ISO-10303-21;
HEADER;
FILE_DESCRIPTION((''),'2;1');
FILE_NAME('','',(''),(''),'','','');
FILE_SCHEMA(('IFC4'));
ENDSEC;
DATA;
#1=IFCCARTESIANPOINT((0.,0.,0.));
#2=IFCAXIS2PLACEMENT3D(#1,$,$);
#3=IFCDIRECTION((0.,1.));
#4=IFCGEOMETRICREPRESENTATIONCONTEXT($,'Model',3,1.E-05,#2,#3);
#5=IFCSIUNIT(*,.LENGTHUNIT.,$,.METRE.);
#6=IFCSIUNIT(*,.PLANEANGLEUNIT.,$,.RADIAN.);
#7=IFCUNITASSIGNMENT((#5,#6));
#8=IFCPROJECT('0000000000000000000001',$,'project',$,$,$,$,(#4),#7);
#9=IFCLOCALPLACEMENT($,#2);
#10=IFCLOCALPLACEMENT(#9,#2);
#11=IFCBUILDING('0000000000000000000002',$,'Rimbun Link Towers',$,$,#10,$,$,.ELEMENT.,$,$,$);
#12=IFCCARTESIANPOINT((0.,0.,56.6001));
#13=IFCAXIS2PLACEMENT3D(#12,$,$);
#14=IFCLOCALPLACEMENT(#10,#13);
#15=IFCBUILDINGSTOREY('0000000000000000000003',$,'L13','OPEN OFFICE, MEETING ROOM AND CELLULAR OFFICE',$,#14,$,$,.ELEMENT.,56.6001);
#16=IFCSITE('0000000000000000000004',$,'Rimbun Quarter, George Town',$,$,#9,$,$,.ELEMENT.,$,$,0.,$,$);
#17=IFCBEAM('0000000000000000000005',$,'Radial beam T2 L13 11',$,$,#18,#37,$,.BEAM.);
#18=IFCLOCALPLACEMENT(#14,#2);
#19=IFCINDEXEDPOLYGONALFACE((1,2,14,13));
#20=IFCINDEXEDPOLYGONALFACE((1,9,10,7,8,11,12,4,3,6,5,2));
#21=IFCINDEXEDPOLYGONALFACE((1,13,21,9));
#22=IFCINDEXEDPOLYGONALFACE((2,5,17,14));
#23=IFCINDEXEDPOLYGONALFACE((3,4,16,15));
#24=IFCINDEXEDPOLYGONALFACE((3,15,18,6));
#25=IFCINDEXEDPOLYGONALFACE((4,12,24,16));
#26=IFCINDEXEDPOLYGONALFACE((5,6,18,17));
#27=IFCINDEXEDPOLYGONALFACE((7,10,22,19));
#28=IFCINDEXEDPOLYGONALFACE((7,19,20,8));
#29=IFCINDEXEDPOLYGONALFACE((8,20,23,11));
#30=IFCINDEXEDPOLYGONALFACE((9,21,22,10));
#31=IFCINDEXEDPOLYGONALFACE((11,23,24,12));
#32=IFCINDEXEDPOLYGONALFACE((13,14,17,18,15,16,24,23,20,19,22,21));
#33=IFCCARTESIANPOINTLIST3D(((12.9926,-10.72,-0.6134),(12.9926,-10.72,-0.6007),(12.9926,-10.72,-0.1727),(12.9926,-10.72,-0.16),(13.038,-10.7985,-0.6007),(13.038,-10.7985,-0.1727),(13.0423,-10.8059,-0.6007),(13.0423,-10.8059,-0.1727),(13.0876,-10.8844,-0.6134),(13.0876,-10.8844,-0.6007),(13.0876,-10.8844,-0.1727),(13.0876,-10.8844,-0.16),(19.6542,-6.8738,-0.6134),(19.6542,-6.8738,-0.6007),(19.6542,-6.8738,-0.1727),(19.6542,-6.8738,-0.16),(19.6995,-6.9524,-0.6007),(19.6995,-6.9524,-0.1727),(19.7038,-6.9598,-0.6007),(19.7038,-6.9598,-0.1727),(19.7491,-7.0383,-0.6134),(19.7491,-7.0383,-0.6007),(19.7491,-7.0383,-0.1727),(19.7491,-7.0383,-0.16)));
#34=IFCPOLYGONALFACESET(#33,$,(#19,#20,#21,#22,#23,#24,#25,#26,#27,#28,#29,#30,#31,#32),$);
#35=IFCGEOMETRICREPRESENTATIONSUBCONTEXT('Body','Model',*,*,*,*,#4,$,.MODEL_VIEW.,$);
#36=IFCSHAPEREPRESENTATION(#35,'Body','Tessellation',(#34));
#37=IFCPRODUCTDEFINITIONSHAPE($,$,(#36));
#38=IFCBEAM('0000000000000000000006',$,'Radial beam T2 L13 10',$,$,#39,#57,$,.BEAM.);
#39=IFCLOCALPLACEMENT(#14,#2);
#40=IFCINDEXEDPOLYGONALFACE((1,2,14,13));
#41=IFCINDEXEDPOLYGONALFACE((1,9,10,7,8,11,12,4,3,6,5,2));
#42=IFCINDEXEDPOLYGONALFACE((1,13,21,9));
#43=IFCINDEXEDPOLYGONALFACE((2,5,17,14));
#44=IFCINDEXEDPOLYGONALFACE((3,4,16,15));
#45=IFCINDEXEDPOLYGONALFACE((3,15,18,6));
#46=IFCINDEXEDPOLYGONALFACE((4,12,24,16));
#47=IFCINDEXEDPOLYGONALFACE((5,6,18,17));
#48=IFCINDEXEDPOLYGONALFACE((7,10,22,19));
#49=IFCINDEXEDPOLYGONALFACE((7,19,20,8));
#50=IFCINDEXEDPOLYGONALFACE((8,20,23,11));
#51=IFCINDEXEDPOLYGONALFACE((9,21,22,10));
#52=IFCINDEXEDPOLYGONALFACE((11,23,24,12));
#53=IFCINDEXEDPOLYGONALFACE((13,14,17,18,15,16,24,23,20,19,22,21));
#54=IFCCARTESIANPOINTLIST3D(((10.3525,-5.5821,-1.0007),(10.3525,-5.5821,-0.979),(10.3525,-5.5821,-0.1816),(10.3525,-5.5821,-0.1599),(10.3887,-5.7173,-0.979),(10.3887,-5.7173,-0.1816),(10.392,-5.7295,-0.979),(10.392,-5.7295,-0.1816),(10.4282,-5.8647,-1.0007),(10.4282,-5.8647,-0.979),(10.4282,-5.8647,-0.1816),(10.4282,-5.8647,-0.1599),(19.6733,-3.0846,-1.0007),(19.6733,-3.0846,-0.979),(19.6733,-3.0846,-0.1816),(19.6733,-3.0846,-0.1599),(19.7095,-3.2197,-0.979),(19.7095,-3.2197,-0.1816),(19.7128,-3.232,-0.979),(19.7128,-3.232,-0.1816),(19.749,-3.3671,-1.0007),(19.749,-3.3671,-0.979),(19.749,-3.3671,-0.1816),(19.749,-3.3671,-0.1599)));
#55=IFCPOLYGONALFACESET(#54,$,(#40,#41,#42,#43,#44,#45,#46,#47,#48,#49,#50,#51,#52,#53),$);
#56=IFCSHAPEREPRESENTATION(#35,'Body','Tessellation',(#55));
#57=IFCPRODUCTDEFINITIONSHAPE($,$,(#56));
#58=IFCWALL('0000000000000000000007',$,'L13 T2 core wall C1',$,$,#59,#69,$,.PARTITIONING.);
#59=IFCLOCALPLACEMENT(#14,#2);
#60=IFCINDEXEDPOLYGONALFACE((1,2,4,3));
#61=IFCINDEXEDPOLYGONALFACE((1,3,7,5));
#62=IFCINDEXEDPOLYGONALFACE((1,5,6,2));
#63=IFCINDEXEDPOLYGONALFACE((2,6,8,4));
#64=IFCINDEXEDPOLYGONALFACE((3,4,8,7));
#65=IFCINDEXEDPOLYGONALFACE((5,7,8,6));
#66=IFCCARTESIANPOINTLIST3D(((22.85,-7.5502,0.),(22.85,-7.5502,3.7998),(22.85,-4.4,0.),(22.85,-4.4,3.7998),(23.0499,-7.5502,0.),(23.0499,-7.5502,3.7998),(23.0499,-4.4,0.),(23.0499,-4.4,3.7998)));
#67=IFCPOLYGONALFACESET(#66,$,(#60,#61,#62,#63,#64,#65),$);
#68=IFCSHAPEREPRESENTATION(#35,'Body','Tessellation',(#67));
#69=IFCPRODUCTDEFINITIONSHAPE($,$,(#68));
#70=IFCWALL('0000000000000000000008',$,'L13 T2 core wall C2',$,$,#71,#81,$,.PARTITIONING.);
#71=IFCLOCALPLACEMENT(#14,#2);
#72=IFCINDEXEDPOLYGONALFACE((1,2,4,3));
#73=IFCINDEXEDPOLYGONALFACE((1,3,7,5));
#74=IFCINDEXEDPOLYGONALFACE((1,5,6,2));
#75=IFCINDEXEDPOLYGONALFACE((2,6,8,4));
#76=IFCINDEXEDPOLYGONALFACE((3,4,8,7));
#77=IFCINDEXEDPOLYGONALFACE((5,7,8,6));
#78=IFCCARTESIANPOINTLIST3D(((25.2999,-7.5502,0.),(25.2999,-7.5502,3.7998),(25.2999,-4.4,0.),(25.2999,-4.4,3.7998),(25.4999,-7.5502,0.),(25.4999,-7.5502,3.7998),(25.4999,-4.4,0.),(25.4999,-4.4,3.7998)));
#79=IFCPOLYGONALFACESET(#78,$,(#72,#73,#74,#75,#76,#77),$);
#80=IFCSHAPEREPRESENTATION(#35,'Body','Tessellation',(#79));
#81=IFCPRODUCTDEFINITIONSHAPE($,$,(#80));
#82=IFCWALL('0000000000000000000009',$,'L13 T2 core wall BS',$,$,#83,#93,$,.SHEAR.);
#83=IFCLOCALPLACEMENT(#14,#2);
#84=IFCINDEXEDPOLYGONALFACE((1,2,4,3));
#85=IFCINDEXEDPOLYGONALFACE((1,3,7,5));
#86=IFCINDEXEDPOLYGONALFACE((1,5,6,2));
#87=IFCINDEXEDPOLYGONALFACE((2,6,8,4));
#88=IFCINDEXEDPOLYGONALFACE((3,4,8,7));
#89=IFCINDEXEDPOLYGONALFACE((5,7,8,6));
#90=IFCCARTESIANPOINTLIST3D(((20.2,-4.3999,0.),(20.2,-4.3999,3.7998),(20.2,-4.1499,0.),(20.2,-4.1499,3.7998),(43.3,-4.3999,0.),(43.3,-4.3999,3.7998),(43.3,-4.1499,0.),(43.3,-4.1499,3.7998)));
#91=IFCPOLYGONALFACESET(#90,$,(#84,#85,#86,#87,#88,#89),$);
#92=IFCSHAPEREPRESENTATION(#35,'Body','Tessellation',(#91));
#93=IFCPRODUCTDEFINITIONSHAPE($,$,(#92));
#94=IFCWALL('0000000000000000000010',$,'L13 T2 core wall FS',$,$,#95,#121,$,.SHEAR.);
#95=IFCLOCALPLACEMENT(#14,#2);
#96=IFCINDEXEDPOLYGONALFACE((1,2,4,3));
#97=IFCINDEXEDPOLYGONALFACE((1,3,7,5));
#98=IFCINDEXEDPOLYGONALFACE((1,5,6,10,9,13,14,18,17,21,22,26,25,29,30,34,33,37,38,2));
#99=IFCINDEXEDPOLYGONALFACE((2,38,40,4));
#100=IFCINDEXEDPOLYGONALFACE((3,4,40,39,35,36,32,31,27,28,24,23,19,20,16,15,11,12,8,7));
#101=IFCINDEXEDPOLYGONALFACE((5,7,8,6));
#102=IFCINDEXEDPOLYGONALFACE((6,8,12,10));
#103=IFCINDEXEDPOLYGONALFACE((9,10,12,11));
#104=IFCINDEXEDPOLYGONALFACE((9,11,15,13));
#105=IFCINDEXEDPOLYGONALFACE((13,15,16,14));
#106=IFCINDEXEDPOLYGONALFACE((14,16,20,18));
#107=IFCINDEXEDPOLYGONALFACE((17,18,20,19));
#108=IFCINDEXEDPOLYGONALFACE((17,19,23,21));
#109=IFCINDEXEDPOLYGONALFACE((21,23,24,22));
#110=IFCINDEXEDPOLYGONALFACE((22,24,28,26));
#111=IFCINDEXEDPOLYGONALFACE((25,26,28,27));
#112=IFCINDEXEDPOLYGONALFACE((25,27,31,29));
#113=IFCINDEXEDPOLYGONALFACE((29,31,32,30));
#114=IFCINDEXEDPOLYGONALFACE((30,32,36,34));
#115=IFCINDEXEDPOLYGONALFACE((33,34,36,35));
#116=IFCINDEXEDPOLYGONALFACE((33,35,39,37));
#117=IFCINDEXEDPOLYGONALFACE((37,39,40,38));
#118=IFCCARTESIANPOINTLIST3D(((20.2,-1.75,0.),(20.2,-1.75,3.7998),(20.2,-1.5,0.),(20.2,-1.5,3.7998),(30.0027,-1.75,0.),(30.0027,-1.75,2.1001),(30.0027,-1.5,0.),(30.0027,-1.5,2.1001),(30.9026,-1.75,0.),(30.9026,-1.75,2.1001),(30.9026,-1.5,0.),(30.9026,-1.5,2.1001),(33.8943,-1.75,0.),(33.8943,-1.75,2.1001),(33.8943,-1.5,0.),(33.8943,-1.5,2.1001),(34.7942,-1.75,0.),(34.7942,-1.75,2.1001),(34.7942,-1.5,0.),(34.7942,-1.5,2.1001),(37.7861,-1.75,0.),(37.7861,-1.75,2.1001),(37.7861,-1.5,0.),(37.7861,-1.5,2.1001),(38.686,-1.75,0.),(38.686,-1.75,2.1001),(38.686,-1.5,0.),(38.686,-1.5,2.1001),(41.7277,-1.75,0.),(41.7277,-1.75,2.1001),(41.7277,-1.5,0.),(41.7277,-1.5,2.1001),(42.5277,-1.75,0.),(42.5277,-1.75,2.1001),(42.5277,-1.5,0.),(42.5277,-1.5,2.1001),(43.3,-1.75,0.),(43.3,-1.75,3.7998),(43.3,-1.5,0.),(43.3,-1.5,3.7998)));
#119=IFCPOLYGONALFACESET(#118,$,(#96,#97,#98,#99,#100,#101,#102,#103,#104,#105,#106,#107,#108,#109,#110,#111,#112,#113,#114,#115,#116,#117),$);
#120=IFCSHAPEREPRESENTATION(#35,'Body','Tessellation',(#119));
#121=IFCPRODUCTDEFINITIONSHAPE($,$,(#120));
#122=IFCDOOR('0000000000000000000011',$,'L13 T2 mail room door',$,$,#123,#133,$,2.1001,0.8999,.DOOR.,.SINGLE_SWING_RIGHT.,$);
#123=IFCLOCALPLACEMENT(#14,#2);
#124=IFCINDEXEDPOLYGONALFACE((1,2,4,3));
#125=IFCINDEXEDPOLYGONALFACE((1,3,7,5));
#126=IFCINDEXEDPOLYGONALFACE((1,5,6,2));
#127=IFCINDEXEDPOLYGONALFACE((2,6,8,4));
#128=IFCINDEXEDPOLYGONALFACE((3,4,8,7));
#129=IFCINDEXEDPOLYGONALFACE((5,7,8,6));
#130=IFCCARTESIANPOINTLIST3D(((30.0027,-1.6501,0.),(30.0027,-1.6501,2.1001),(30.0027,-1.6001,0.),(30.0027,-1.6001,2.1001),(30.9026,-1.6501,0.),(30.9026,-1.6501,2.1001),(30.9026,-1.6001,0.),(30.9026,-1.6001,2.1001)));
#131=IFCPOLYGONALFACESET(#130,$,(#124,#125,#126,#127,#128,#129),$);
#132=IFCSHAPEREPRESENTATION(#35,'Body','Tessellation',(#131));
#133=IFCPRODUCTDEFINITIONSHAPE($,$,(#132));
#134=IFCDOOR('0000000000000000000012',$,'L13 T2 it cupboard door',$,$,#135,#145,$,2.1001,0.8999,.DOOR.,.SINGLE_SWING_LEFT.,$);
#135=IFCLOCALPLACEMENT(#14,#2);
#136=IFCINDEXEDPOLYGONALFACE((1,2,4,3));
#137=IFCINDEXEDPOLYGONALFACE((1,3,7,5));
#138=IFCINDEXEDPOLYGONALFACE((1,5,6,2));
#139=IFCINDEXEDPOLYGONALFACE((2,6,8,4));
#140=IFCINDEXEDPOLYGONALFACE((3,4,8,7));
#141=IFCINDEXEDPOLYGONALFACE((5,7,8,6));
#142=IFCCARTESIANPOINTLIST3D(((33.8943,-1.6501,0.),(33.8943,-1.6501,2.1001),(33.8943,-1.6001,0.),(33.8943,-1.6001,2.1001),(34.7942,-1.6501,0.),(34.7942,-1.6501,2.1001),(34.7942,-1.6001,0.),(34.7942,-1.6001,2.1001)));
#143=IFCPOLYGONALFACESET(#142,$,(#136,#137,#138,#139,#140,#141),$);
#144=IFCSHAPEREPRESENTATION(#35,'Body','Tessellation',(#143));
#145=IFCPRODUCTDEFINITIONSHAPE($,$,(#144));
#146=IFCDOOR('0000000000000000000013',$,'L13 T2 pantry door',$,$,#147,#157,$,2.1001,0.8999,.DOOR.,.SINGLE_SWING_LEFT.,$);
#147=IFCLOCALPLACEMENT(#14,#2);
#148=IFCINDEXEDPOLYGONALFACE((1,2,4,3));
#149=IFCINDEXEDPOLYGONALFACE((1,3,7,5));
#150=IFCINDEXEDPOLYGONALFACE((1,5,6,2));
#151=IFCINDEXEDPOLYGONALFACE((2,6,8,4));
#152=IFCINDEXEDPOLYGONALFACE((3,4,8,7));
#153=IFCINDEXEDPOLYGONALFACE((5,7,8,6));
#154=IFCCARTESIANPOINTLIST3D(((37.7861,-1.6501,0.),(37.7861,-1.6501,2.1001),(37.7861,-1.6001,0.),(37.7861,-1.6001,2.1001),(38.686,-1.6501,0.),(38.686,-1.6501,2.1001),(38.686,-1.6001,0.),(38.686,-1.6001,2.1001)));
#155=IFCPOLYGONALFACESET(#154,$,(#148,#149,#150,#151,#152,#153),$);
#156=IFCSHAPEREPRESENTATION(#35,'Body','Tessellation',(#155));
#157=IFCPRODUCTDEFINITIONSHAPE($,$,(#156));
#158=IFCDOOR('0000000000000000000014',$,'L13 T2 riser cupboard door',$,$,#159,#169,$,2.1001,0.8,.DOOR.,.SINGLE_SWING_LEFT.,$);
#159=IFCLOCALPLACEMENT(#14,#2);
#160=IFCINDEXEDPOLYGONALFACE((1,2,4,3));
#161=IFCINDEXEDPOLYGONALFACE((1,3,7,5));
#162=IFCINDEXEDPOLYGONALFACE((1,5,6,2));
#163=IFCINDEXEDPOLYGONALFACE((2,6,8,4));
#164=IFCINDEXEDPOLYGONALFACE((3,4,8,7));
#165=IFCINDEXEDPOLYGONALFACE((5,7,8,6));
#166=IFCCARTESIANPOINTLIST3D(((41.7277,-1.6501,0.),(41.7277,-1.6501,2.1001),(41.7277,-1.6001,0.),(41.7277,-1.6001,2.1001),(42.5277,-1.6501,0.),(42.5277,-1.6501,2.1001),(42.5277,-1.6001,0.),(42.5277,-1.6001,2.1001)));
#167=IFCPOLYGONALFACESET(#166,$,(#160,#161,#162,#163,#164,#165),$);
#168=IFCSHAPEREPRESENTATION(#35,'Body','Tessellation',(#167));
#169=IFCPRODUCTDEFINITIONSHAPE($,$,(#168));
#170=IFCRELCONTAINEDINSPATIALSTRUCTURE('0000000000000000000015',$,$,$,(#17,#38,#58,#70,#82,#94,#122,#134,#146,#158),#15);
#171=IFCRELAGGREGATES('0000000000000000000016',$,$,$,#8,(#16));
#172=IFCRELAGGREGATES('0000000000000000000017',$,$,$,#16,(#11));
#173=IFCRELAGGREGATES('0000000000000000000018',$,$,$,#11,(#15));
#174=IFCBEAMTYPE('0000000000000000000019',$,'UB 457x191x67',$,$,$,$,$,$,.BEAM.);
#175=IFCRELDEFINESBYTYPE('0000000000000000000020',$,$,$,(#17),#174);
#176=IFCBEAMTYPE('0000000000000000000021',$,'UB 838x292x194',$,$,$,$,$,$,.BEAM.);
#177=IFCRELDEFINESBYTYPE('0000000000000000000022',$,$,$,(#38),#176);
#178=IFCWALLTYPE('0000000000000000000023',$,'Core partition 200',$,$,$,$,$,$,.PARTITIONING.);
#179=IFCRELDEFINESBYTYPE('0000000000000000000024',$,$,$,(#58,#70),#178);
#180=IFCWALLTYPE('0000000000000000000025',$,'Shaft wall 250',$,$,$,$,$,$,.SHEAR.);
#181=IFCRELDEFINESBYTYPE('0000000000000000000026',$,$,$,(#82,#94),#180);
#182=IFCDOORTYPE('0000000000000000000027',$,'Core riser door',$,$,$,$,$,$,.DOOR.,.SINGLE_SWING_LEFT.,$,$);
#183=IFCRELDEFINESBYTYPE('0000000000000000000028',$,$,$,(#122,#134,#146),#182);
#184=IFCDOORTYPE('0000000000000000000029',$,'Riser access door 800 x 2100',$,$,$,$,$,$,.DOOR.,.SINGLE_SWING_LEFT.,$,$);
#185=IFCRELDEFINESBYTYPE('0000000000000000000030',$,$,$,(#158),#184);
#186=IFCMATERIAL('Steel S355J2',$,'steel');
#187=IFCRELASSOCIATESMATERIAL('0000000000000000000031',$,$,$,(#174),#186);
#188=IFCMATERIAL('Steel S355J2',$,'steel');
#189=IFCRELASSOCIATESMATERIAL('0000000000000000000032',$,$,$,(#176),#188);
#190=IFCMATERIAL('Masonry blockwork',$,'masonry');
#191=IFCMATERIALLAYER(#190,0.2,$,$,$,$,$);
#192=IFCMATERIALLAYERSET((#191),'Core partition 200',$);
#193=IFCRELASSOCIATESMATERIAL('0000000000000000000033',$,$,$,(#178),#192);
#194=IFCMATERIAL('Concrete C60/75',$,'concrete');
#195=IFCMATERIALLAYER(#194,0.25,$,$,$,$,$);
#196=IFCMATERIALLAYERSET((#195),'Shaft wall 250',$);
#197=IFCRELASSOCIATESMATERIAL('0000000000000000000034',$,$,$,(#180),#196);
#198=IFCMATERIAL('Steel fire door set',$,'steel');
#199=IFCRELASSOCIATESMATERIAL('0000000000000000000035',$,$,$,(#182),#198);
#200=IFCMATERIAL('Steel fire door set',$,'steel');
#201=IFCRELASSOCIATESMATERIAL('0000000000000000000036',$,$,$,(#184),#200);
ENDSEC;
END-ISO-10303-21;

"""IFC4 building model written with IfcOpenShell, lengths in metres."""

from ifc_helpers import new_model, si_unit, direction, frame, frame_2d, origin, origin_2d, place, context, subcontext, project, spatial, rectangle, i_section, extrude, material, layer, layer_set, material_profile, profile_set, type_object, element, fill, save


model = new_model("IFC4")

# Units and contexts
model_context = context("Model", 3, precision=1e-05, world=origin(), true_north=direction((0.0, 1.0)))
body_context = subcontext(model_context, "Body", "Model", "MODEL_VIEW")
ifc_project = project(units=[si_unit("LENGTHUNIT", "METRE"), si_unit("PLANEANGLEUNIT", "RADIAN")], contexts=[model_context])

# Site, building, storey
site_placement = place(None, origin())
site = spatial("IfcSite", under=ifc_project, at=site_placement, Name="Rimbun Quarter, George Town", CompositionType="ELEMENT", RefElevation=0.0)
building_placement = place(site_placement, origin())
building = spatial("IfcBuilding", under=site, at=building_placement, Name="Rimbun Link Towers", CompositionType="ELEMENT")
storey_placement = place(building_placement, frame((0.0, 0.0, 56.6001)))
storey = spatial("IfcBuildingStorey", under=building, at=storey_placement, Name="L13", Description="OPEN OFFICE, MEETING ROOM AND CELLULAR OFFICE", CompositionType="ELEMENT", Elevation=56.6001)

# Beams
ifc_material_1 = material(Name="Steel S355J2", Category="steel")
ifc_material_profile_1 = material_profile(ifc_material_1, i_section(OverallWidth=0.1899, OverallDepth=0.4534, WebThickness=0.0085, FlangeThickness=0.0127, at=origin_2d()), Name="UB 457x191x67")
ifc_profile_set_1 = profile_set([ifc_material_profile_1], Name="Steel S355J2")
beam_type_1 = type_object("IfcBeamType", Name="UB 457x191x67", PredefinedType="BEAM", material=ifc_profile_set_1)
beam_1_placement = place(storey_placement, frame((19.7017, -6.9561, -0.3867), z_axis=(-0.86602, -0.50001, 0.0), x_axis=(0.50001, -0.86602, 0.0)))
element("IfcBeam", 1, at=beam_1_placement, inside=storey, type_object=beam_type_1, Name="Radial beam T2 L13 11", PredefinedType="BEAM", context=body_context, shape_type="SweptSolid", body=[
    extrude(i_section(OverallWidth=0.1899, OverallDepth=0.4534, WebThickness=0.0085, FlangeThickness=0.0127, at=origin_2d()), origin(), (0.0, 0.0, 1.0), 7.6921),
])
ifc_material_2 = material(Name="Steel S355J2", Category="steel")
ifc_material_profile_2 = material_profile(ifc_material_2, i_section(OverallWidth=0.2925, OverallDepth=0.8408, WebThickness=0.0127, FlangeThickness=0.0217, at=origin_2d()), Name="UB 838x292x194")
ifc_profile_set_2 = profile_set([ifc_material_profile_2], Name="Steel S355J2")
beam_type_2 = type_object("IfcBeamType", Name="UB 838x292x194", PredefinedType="BEAM", material=ifc_profile_set_2)
beam_2_placement = place(storey_placement, frame((19.7112, -3.2258, -0.5803), z_axis=(-0.965924, -0.258825, 0.0), x_axis=(0.258825, -0.965924, 0.0)))
element("IfcBeam", 2, at=beam_2_placement, inside=storey, type_object=beam_type_2, Name="Radial beam T2 L13 10", PredefinedType="BEAM", context=body_context, shape_type="SweptSolid", body=[
    extrude(i_section(OverallWidth=0.2925, OverallDepth=0.8408, WebThickness=0.0127, FlangeThickness=0.0217, at=origin_2d()), origin(), (0.0, 0.0, 1.0), 9.6497),
])

# Walls
ifc_material_3 = material(Name="Masonry blockwork", Category="masonry")
ifc_layer_1 = layer(ifc_material_3, 0.2)
ifc_layer_set_1 = layer_set([ifc_layer_1], Name="Core partition 200")
wall_type_1 = type_object("IfcWallType", Name="Core partition 200", PredefinedType="PARTITIONING", material=ifc_layer_set_1)
for number, where, z_axis, x_axis, name in (
    (3, (22.95, -4.3999, 0.0), (0.0, 0.0, 1.0), (0.0, -1.0, 0.0), "L13 T2 core wall C1"),
    (4, (25.3999, -4.3999, 0.0), (0.0, 0.0, 1.0), (0.0, -1.0, 0.0), "L13 T2 core wall C2"),
):
    element("IfcWall", number, at=place(storey_placement, frame(where, z_axis=z_axis, x_axis=x_axis)), inside=storey, type_object=wall_type_1, Name=name, PredefinedType="PARTITIONING", context=body_context, shape_type="SweptSolid", body=[
        extrude(rectangle(XDim=3.1501, YDim=0.2, at=frame_2d((1.5752, 0.0))), origin(), (0.0, 0.0, 1.0), 3.7998),
    ])
ifc_material_4 = material(Name="Concrete C60/75", Category="concrete")
ifc_layer_2 = layer(ifc_material_4, 0.25)
ifc_layer_set_2 = layer_set([ifc_layer_2], Name="Shaft wall 250")
wall_type_2 = type_object("IfcWallType", Name="Shaft wall 250", PredefinedType="SHEAR", material=ifc_layer_set_2)
wall_1_placement = place(storey_placement, frame((20.2, -4.2749, 0.0), z_axis=(0.0, 0.0, 1.0), x_axis=(1.0, 0.0, 0.0)))
element("IfcWall", 5, at=wall_1_placement, inside=storey, type_object=wall_type_2, Name="L13 T2 core wall BS", PredefinedType="SHEAR", context=body_context, shape_type="SweptSolid", body=[
    extrude(rectangle(XDim=23.1001, YDim=0.25, at=frame_2d((11.55, 0.0))), origin(), (0.0, 0.0, 1.0), 3.7998),
])

# Wall, openings, doors
wall_2_placement = place(storey_placement, frame((20.2, -1.625, 0.0), z_axis=(0.0, 0.0, 1.0), x_axis=(1.0, 0.0, 0.0)))
wall_2 = element("IfcWall", 6, at=wall_2_placement, inside=storey, type_object=wall_type_2, Name="L13 T2 core wall FS", PredefinedType="SHEAR", context=body_context, shape_type="SweptSolid", body=[
    extrude(rectangle(XDim=23.1001, YDim=0.25, at=frame_2d((11.55, 0.0))), origin(), (0.0, 0.0, 1.0), 3.7998),
])
opening_1_placement = place(wall_2_placement, frame((9.8027, 0.0, 0.0)))
opening_1 = element("IfcOpeningElement", 7, at=opening_1_placement, cuts=wall_2, PredefinedType="OPENING", context=body_context, shape_type="SweptSolid", body=[
    extrude(rectangle(XDim=0.8999, YDim=2.1001, at=frame_2d((0.45, 1.05))), frame((0.0, 0.135, 0.0), z_axis=(0.0, -1.0, 0.0), x_axis=(1.0, 0.0, 0.0)), (0.0, 0.0, 1.0), 0.27),
])
opening_2_placement = place(wall_2_placement, frame((13.6943, 0.0, 0.0)))
opening_2 = element("IfcOpeningElement", 8, at=opening_2_placement, cuts=wall_2, PredefinedType="OPENING", context=body_context, shape_type="SweptSolid", body=[
    extrude(rectangle(XDim=0.8999, YDim=2.1001, at=frame_2d((0.45, 1.05))), frame((0.0, 0.135, 0.0), z_axis=(0.0, -1.0, 0.0), x_axis=(1.0, 0.0, 0.0)), (0.0, 0.0, 1.0), 0.27),
])
opening_3_placement = place(wall_2_placement, frame((17.5862, 0.0, 0.0)))
opening_3 = element("IfcOpeningElement", 9, at=opening_3_placement, cuts=wall_2, PredefinedType="OPENING", context=body_context, shape_type="SweptSolid", body=[
    extrude(rectangle(XDim=0.8999, YDim=2.1001, at=frame_2d((0.45, 1.05))), frame((0.0, 0.135, 0.0), z_axis=(0.0, -1.0, 0.0), x_axis=(1.0, 0.0, 0.0)), (0.0, 0.0, 1.0), 0.27),
])
opening_4_placement = place(wall_2_placement, frame((21.5278, 0.0, 0.0)))
opening_4 = element("IfcOpeningElement", 10, at=opening_4_placement, cuts=wall_2, PredefinedType="OPENING", context=body_context, shape_type="SweptSolid", body=[
    extrude(rectangle(XDim=0.8, YDim=2.1001, at=frame_2d((0.3999, 1.05))), frame((0.0, 0.135, 0.0), z_axis=(0.0, -1.0, 0.0), x_axis=(1.0, 0.0, 0.0)), (0.0, 0.0, 1.0), 0.27),
])
ifc_material_5 = material(Name="Steel fire door set", Category="steel")
door_type_1 = type_object("IfcDoorType", Name="Core riser door", OperationType="SINGLE_SWING_LEFT", PredefinedType="DOOR", material=ifc_material_5)
door_1_placement = place(opening_1_placement, origin())
door_1 = element("IfcDoor", 11, at=door_1_placement, inside=storey, type_object=door_type_1, Name="L13 T2 mail room door", OperationType="SINGLE_SWING_RIGHT", OverallHeight=2.1001, OverallWidth=0.8999, PredefinedType="DOOR", context=body_context, shape_type="SweptSolid", body=[
    extrude(rectangle(XDim=0.8999, YDim=2.1001, at=frame_2d((0.45, 1.05))), frame((0.0, 0.0249, 0.0), z_axis=(0.0, -1.0, 0.0), x_axis=(1.0, 0.0, 0.0)), (0.0, 0.0, 1.0), 0.05),
])
fill(opening_1, door_1)
door_2_placement = place(opening_2_placement, origin())
door_2 = element("IfcDoor", 12, at=door_2_placement, inside=storey, type_object=door_type_1, Name="L13 T2 it cupboard door", OperationType="SINGLE_SWING_LEFT", OverallHeight=2.1001, OverallWidth=0.8999, PredefinedType="DOOR", context=body_context, shape_type="SweptSolid", body=[
    extrude(rectangle(XDim=0.8999, YDim=2.1001, at=frame_2d((0.45, 1.05))), frame((0.0, 0.0249, 0.0), z_axis=(0.0, -1.0, 0.0), x_axis=(1.0, 0.0, 0.0)), (0.0, 0.0, 1.0), 0.05),
])
fill(opening_2, door_2)
door_3_placement = place(opening_3_placement, origin())
door_3 = element("IfcDoor", 13, at=door_3_placement, inside=storey, type_object=door_type_1, Name="L13 T2 pantry door", OperationType="SINGLE_SWING_LEFT", OverallHeight=2.1001, OverallWidth=0.8999, PredefinedType="DOOR", context=body_context, shape_type="SweptSolid", body=[
    extrude(rectangle(XDim=0.8999, YDim=2.1001, at=frame_2d((0.45, 1.05))), frame((0.0, 0.0249, 0.0), z_axis=(0.0, -1.0, 0.0), x_axis=(1.0, 0.0, 0.0)), (0.0, 0.0, 1.0), 0.05),
])
fill(opening_3, door_3)
ifc_material_6 = material(Name="Steel fire door set", Category="steel")
door_type_2 = type_object("IfcDoorType", Name="Riser access door 800 x 2100", OperationType="SINGLE_SWING_LEFT", PredefinedType="DOOR", material=ifc_material_6)
door_4_placement = place(opening_4_placement, origin())
door_4 = element("IfcDoor", 14, at=door_4_placement, inside=storey, type_object=door_type_2, Name="L13 T2 riser cupboard door", OperationType="SINGLE_SWING_LEFT", OverallHeight=2.1001, OverallWidth=0.8, PredefinedType="DOOR", context=body_context, shape_type="SweptSolid", body=[
    extrude(rectangle(XDim=0.8, YDim=2.1001, at=frame_2d((0.3999, 1.05))), frame((0.0, 0.0249, 0.0), z_axis=(0.0, -1.0, 0.0), x_axis=(1.0, 0.0, 0.0)), (0.0, 0.0, 1.0), 0.05),
])
fill(opening_4, door_4)

save(model, "model.ifc")
